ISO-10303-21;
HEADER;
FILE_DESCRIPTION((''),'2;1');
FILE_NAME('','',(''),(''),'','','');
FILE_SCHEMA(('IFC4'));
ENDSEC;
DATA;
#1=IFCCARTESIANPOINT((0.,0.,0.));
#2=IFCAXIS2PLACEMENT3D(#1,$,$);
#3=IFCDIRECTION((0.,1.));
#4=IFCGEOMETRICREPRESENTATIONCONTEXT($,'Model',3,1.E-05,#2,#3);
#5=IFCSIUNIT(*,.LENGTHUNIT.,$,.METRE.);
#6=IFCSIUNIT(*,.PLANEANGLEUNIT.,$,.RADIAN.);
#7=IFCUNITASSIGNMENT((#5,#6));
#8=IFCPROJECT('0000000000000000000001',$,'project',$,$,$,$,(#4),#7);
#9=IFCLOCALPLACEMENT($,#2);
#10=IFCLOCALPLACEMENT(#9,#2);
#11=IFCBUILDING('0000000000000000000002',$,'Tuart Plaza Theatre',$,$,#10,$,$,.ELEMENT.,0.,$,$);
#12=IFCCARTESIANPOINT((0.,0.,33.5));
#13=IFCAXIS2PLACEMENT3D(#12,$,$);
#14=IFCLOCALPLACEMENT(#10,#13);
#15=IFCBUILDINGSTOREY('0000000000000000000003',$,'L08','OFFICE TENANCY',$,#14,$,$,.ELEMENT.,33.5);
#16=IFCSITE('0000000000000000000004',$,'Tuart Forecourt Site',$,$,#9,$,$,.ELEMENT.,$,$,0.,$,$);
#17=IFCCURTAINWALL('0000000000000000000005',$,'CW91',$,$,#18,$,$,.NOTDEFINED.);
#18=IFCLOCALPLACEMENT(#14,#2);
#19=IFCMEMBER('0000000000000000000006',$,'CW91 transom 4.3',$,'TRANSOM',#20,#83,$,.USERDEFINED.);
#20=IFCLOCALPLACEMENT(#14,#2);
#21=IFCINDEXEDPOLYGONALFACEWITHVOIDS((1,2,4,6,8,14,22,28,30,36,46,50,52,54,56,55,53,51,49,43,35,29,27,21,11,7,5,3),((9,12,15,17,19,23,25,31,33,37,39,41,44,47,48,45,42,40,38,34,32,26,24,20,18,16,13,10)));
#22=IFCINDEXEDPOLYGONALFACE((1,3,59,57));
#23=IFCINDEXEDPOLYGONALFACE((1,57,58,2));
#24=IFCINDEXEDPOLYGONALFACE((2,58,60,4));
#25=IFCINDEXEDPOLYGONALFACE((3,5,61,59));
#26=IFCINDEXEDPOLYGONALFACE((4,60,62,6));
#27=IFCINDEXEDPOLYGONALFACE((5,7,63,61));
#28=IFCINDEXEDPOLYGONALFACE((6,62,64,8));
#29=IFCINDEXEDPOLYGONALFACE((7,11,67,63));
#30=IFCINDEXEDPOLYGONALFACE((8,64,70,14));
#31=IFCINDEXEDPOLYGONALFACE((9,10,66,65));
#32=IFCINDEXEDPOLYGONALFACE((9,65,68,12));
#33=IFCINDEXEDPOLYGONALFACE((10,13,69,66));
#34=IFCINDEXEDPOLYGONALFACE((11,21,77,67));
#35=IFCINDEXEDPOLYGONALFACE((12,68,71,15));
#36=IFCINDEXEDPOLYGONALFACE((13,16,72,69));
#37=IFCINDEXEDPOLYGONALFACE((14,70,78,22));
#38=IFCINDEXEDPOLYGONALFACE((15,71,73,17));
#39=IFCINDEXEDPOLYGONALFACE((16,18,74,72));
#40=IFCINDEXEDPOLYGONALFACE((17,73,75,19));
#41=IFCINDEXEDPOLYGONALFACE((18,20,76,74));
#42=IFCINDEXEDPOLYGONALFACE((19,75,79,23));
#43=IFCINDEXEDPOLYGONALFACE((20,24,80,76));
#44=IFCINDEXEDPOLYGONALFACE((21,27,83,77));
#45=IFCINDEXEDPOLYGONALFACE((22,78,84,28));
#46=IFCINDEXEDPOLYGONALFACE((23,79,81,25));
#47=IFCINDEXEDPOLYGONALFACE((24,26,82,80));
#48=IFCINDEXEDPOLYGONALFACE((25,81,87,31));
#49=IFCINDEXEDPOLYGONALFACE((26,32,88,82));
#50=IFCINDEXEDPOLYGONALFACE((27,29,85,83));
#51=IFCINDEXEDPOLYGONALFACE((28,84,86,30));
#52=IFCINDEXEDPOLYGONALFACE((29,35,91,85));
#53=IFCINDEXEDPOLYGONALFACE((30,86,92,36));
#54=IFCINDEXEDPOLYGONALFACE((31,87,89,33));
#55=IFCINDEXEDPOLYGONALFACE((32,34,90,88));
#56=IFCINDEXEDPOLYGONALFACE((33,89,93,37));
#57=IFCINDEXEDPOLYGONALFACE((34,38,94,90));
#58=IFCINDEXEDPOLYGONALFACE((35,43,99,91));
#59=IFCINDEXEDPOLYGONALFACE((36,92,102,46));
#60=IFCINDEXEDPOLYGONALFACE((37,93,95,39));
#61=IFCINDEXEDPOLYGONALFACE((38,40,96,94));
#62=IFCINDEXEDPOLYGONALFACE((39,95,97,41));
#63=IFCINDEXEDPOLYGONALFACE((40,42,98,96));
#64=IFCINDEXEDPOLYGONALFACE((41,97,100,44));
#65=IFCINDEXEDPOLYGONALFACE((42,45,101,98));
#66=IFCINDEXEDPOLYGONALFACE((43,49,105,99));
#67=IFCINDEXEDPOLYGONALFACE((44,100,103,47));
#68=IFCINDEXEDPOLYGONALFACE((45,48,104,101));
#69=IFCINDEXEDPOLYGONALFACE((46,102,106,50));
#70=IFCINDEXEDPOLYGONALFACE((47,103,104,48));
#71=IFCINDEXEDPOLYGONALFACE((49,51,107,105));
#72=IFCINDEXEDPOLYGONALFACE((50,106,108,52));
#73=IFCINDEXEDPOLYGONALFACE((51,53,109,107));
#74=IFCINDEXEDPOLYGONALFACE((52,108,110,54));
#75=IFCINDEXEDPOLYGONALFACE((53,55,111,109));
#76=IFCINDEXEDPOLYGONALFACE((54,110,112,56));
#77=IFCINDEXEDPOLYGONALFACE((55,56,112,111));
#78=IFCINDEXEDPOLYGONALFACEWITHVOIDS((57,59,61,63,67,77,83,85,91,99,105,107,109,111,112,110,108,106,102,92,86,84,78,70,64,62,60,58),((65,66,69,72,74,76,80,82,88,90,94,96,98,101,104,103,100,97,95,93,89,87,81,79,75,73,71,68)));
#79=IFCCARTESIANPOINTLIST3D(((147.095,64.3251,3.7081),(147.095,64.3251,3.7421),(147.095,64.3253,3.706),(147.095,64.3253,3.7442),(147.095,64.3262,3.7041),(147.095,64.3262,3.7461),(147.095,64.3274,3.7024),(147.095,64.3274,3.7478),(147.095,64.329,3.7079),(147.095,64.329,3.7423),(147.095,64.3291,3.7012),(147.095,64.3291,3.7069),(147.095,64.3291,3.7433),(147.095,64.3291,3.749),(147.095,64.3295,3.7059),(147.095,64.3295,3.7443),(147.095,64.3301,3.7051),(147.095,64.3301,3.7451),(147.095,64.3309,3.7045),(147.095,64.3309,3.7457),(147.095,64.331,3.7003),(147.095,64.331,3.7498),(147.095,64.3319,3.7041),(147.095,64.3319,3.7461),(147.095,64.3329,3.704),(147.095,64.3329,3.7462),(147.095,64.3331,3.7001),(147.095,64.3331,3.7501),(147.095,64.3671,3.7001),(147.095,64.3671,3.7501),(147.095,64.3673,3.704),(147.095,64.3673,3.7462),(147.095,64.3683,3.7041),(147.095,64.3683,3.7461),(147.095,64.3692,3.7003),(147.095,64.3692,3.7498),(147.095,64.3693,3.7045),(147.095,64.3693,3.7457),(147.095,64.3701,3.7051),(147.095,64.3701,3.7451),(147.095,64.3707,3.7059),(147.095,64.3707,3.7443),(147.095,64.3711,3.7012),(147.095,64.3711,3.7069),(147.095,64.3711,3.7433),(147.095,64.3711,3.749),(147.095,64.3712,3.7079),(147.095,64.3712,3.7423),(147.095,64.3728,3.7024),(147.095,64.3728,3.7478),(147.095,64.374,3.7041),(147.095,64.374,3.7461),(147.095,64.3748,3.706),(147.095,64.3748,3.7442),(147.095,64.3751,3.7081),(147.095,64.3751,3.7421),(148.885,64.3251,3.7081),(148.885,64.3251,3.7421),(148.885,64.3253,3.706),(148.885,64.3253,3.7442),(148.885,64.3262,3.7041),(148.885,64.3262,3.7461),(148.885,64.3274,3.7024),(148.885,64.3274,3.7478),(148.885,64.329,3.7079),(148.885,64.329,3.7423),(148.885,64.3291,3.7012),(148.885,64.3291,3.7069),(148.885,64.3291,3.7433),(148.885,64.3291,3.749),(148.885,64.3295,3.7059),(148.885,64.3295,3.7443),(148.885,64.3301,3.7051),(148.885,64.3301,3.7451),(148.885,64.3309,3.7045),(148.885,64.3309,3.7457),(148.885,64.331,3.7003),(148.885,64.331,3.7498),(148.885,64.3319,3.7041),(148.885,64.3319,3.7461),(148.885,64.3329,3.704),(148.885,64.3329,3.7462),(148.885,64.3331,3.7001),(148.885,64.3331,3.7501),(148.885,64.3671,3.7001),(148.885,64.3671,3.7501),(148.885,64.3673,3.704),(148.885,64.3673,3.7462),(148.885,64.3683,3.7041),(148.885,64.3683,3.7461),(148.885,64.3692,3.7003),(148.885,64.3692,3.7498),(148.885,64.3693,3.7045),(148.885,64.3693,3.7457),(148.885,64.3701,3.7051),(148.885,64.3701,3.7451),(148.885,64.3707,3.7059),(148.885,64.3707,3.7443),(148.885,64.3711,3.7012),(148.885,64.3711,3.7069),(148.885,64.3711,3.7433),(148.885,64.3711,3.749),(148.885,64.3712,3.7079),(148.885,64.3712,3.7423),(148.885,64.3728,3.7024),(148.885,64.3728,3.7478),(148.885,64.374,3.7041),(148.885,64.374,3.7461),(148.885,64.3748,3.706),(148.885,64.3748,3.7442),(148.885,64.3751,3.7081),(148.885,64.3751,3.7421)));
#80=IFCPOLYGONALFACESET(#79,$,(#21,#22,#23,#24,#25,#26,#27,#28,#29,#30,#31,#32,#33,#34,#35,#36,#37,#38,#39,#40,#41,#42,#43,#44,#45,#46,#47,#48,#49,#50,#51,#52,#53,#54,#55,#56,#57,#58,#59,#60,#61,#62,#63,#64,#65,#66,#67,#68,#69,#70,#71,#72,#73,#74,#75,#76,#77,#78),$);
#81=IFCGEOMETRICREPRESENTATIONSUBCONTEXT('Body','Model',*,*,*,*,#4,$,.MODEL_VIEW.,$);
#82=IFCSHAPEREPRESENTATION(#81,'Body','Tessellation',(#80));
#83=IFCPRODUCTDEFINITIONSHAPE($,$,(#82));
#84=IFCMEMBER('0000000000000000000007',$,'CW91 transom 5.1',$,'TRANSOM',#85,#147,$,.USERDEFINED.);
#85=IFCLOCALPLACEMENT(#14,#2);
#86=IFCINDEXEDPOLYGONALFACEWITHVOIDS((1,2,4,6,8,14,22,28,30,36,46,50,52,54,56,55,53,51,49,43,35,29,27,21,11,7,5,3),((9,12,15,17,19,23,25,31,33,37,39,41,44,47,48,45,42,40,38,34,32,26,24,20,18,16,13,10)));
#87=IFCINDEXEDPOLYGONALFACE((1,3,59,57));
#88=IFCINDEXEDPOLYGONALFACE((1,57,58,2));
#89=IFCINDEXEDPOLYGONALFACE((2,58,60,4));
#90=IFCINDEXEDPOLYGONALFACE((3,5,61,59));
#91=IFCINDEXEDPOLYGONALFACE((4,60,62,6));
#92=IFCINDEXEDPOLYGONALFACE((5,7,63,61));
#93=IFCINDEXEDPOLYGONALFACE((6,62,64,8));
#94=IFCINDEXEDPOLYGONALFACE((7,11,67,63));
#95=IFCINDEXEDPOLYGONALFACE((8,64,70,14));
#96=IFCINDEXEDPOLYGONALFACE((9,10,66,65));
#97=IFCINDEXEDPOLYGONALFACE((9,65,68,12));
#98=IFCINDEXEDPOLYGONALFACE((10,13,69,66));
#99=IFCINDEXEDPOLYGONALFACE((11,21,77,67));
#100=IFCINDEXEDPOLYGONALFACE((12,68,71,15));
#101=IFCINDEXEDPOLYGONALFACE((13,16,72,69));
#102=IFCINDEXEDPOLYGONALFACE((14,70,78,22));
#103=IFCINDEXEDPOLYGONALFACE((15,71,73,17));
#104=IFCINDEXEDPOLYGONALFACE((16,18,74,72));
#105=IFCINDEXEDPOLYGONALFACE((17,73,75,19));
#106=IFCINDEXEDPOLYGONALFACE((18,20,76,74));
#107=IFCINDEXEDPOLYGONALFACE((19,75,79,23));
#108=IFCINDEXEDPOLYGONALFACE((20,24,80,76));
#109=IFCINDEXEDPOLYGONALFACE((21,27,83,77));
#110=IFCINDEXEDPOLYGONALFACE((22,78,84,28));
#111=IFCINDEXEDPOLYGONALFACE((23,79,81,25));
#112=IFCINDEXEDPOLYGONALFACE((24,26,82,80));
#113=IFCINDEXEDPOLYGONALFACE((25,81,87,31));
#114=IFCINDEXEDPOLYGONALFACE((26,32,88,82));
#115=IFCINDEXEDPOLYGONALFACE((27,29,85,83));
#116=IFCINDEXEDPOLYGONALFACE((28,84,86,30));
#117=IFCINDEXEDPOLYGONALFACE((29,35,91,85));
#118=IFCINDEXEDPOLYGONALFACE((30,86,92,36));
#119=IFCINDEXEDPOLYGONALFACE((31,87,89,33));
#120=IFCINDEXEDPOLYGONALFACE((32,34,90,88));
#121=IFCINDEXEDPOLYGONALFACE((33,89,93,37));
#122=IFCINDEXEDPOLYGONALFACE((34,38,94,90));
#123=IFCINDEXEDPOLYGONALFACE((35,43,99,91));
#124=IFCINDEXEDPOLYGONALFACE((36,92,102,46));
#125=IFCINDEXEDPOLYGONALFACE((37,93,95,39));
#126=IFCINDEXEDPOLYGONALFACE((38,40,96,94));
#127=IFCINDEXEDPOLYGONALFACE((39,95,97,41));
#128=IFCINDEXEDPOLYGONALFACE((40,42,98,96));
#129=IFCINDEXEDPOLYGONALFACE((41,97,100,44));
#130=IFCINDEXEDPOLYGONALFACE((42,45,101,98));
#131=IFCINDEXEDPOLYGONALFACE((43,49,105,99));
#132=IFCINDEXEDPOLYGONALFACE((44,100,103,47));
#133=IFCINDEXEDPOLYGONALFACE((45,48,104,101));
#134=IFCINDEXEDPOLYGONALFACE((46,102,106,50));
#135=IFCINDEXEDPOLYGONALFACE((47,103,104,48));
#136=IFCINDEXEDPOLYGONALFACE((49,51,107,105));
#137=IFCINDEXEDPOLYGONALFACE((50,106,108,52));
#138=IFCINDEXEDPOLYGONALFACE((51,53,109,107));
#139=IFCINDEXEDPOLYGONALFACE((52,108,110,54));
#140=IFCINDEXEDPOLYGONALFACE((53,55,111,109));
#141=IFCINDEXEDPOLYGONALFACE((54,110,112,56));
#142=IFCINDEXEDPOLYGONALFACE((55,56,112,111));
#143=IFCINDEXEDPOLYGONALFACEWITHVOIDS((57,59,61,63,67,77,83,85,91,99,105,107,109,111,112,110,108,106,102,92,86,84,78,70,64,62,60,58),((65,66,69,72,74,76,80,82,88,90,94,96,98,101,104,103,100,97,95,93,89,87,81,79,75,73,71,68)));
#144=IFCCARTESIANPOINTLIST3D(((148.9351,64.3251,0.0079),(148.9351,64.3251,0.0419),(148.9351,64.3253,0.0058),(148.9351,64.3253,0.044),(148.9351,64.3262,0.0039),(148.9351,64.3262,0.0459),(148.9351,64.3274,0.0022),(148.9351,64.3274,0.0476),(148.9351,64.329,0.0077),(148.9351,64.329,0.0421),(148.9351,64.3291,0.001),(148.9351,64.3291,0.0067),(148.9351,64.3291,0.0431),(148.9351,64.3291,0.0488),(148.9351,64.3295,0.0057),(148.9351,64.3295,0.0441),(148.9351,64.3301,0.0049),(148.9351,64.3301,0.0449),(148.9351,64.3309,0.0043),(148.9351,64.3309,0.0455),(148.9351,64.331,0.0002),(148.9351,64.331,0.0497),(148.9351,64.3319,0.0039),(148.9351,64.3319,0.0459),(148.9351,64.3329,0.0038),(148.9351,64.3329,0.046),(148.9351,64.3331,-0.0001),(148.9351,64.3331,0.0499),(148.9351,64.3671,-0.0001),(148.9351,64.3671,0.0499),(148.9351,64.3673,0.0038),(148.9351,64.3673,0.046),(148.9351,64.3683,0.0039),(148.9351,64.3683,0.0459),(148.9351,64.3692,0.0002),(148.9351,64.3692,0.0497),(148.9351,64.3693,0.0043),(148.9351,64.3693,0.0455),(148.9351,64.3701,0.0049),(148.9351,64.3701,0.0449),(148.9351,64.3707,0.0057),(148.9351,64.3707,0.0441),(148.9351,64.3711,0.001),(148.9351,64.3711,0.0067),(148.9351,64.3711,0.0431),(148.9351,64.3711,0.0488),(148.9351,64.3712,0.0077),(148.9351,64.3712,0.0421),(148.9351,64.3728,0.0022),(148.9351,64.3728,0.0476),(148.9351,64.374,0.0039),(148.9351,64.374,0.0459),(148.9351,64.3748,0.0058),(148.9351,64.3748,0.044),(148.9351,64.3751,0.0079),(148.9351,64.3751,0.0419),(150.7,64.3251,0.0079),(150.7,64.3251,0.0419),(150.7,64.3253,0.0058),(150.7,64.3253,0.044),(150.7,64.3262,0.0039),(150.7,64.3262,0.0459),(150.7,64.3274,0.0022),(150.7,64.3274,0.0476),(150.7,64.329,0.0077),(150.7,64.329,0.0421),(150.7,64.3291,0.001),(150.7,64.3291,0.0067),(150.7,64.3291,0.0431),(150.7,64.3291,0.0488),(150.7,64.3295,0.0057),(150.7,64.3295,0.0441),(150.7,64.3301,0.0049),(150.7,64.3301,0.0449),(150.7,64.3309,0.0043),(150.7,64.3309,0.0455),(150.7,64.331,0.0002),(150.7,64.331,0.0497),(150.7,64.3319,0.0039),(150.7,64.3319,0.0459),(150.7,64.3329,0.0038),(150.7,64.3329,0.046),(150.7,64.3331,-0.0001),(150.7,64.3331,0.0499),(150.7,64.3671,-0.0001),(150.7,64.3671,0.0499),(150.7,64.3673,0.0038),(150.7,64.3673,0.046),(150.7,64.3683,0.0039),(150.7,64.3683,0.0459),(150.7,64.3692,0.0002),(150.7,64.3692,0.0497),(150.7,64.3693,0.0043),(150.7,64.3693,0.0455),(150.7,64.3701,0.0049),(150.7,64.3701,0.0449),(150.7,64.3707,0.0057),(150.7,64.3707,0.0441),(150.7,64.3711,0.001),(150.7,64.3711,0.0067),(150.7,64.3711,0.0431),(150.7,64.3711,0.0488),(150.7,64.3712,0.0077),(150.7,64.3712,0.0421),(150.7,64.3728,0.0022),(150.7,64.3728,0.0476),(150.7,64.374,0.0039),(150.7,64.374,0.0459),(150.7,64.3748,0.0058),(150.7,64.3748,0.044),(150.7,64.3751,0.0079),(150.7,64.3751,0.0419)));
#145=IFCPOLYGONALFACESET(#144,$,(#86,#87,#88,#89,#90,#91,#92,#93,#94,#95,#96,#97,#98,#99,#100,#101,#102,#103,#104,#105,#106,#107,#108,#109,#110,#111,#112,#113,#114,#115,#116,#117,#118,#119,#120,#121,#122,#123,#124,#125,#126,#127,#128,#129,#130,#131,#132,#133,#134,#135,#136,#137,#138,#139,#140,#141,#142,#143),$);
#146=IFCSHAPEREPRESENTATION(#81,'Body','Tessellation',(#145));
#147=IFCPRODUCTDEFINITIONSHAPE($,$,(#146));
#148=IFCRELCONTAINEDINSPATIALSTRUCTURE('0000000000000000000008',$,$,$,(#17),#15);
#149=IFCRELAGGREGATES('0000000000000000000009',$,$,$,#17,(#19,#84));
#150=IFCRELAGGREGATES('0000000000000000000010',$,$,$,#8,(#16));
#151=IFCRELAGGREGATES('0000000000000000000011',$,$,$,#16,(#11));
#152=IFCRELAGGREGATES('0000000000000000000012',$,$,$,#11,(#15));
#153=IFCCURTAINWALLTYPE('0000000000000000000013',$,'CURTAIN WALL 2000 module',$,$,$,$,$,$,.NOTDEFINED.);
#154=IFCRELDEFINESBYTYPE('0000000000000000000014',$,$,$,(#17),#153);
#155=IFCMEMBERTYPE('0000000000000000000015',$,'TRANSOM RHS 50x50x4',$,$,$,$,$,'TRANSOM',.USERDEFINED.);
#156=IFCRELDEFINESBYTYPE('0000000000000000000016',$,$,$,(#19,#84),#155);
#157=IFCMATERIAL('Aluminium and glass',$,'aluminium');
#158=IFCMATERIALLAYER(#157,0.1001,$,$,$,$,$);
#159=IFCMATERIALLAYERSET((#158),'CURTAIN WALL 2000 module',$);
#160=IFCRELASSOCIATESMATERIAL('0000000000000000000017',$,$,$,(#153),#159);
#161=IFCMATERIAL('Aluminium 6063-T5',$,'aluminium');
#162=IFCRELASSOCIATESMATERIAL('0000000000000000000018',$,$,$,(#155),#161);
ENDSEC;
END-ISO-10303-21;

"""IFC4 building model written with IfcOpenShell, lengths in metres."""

from ifc_helpers import new_model, si_unit, direction, frame, origin, origin_2d, place, context, subcontext, project, spatial, hollow_rectangle, extrude, material, layer, layer_set, material_profile, profile_set, type_object, element, aggregate, save


model = new_model("IFC4")

# Units and contexts
model_context = context("Model", 3, precision=1e-05, world=origin(), true_north=direction((0.0, 1.0)))
body_context = subcontext(model_context, "Body", "Model", "MODEL_VIEW")
ifc_project = project(units=[si_unit("LENGTHUNIT", "METRE"), si_unit("PLANEANGLEUNIT", "RADIAN")], contexts=[model_context])

# Site, building, storey
site_placement = place(None, origin())
site = spatial("IfcSite", under=ifc_project, at=site_placement, Name="Tuart Forecourt Site", CompositionType="ELEMENT", RefElevation=0.0)
building_placement = place(site_placement, origin())
building = spatial("IfcBuilding", under=site, at=building_placement, Name="Tuart Plaza Theatre", CompositionType="ELEMENT", ElevationOfRefHeight=0.0)
storey_placement = place(building_placement, frame((0.0, 0.0, 33.5)))
storey = spatial("IfcBuildingStorey", under=building, at=storey_placement, Name="L08", Description="OFFICE TENANCY", CompositionType="ELEMENT", Elevation=33.5)

# Curtain wall
ifc_material_1 = material(Name="Aluminium and glass", Category="aluminium")
ifc_layer_1 = layer(ifc_material_1, 0.1001)
ifc_layer_set_1 = layer_set([ifc_layer_1], Name="CURTAIN WALL 2000 module")
curtain_wall_type = type_object("IfcCurtainWallType", Name="CURTAIN WALL 2000 module", PredefinedType="NOTDEFINED", material=ifc_layer_set_1)
curtain_wall_1_placement = place(storey_placement, origin())
curtain_wall_1 = element("IfcCurtainWall", 1, at=curtain_wall_1_placement, inside=storey, type_object=curtain_wall_type, Name="CW91", PredefinedType="NOTDEFINED")

# Members
ifc_material_2 = material(Name="Aluminium 6063-T5", Category="aluminium")
ifc_material_profile_1 = material_profile(ifc_material_2, hollow_rectangle(XDim=0.05, YDim=0.05, WallThickness=0.0039, InnerFilletRadius=0.0039, OuterFilletRadius=0.0081, at=origin_2d()), Name="RHS 50x50x4")
ifc_profile_set_1 = profile_set([ifc_material_profile_1], Name="Aluminium 6063-T5")
member_type_1 = type_object("IfcMemberType", Name="TRANSOM RHS 50x50x4", ElementType="TRANSOM", PredefinedType="USERDEFINED", material=ifc_profile_set_1)
member_1_placement = place(storey_placement, frame((147.095, 64.3501, 3.7251), z_axis=(1.0, 0.0, 0.0), x_axis=(0.0, 1.0, 0.0)))
member_1 = element("IfcMember", 2, at=member_1_placement, type_object=member_type_1, Name="CW91 transom 4.3", ObjectType="TRANSOM", PredefinedType="USERDEFINED", context=body_context, shape_type="SweptSolid", body=[
    extrude(hollow_rectangle(XDim=0.05, YDim=0.05, WallThickness=0.0039, InnerFilletRadius=0.0039, OuterFilletRadius=0.0081, at=origin_2d()), origin(), (0.0, 0.0, 1.0), 1.79),
])
member_2_placement = place(storey_placement, frame((148.9351, 64.3501, 0.0249), z_axis=(1.0, 0.0, 0.0), x_axis=(0.0, 1.0, 0.0)))
member_2 = element("IfcMember", 3, at=member_2_placement, type_object=member_type_1, Name="CW91 transom 5.1", ObjectType="TRANSOM", PredefinedType="USERDEFINED", context=body_context, shape_type="SweptSolid", body=[
    extrude(hollow_rectangle(XDim=0.05, YDim=0.05, WallThickness=0.0039, InnerFilletRadius=0.0039, OuterFilletRadius=0.0081, at=origin_2d()), origin(), (0.0, 0.0, 1.0), 1.7649),
])

aggregate(curtain_wall_1, [member_1, member_2])

save(model, "model.ifc")
